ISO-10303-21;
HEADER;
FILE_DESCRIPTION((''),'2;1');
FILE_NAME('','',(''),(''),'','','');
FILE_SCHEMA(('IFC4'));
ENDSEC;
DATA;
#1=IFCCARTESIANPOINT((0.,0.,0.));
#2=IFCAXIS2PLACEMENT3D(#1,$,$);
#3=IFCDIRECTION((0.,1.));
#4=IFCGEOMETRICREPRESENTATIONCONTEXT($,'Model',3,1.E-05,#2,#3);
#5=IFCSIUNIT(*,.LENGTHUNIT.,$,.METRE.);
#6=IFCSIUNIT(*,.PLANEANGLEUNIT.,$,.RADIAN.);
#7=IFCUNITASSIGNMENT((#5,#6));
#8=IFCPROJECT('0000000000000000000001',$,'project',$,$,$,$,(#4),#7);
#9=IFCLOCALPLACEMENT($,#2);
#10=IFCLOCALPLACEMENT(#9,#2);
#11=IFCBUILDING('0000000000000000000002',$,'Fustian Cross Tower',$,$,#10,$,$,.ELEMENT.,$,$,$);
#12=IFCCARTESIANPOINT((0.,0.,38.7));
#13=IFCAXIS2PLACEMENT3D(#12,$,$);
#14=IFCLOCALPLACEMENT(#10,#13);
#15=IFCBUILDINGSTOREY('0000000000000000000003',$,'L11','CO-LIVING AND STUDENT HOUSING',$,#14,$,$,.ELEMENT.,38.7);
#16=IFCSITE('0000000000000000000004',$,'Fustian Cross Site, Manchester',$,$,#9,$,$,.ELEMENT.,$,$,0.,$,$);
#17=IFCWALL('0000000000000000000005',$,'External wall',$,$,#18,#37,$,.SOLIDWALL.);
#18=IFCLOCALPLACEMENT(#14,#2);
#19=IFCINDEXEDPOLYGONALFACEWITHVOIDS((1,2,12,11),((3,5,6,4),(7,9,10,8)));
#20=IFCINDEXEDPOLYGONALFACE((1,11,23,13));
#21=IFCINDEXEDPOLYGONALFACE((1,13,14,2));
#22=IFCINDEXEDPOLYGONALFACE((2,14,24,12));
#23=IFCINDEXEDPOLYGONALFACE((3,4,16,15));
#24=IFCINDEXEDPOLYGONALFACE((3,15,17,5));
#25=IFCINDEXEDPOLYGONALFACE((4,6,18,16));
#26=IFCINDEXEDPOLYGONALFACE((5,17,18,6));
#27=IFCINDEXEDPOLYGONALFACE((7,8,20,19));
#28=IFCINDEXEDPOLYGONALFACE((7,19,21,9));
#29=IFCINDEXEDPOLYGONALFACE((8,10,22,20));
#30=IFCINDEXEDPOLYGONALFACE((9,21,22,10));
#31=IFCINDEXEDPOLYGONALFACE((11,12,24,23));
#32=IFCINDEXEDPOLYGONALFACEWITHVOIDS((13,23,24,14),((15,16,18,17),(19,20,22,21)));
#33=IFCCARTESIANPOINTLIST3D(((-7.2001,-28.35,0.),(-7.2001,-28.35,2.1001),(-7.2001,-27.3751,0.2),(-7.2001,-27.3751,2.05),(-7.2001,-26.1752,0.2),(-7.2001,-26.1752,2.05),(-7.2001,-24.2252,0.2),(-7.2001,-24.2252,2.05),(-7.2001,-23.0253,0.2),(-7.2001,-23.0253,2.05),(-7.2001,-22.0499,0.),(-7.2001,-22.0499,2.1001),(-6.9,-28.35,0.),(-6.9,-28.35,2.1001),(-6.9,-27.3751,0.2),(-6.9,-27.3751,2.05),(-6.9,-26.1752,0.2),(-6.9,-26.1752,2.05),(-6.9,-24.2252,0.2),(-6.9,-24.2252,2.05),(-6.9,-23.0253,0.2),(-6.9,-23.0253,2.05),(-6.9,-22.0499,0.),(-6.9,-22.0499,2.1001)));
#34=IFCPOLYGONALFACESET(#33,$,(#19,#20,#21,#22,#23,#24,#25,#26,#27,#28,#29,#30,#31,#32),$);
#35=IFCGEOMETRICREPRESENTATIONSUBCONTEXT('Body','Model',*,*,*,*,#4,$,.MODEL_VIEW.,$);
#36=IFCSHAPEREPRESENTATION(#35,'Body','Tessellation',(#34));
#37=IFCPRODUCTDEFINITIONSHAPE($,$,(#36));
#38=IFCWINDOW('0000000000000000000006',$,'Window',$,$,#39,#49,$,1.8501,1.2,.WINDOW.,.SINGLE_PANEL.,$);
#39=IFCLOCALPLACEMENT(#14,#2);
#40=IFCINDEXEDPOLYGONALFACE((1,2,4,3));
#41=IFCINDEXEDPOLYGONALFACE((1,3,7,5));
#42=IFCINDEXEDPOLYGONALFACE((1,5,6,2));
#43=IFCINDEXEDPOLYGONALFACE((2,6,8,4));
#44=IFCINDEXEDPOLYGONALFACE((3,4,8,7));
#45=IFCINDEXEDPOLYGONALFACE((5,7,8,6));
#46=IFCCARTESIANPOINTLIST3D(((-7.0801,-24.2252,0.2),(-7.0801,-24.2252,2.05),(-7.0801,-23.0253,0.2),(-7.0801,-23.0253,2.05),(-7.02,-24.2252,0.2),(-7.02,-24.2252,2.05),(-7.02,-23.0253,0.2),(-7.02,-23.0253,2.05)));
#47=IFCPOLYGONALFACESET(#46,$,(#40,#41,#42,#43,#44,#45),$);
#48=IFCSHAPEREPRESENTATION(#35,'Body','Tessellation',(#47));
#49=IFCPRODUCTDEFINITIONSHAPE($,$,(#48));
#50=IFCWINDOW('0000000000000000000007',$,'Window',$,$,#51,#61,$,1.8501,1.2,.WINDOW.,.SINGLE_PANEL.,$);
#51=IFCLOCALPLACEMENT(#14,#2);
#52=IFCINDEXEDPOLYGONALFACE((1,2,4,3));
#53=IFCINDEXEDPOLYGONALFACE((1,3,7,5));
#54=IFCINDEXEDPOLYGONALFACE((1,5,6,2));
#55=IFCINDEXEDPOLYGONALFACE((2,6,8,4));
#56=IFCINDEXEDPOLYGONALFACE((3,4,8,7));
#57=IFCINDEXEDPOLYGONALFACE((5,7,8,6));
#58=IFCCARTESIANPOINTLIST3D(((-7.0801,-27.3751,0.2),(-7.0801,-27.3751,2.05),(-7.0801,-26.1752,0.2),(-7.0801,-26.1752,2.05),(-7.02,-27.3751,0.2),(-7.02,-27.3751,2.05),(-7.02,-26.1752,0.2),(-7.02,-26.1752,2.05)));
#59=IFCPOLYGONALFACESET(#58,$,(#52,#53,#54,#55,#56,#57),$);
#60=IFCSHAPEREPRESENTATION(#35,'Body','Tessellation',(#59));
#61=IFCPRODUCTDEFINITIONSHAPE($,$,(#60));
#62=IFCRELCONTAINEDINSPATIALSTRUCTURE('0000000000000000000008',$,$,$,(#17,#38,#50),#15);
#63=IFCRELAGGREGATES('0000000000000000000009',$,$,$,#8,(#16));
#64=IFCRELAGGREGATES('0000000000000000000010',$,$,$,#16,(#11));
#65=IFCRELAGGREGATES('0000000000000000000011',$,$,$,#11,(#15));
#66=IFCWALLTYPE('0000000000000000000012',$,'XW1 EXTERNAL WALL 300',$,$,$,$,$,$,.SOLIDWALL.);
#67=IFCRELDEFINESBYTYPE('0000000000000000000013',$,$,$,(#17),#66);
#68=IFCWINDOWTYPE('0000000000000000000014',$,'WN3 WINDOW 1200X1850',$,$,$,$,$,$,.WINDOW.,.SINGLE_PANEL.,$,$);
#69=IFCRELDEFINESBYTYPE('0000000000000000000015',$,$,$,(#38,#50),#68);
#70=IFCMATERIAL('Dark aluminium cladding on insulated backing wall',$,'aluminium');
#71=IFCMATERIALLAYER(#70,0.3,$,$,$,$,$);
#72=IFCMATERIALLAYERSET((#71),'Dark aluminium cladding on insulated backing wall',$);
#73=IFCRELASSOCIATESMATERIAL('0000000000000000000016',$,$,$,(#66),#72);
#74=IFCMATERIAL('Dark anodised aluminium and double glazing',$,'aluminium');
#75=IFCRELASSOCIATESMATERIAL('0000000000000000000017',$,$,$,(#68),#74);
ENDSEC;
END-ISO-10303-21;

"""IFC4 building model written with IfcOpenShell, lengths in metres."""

from ifc_helpers import new_model, si_unit, direction, frame, frame_2d, origin, place, context, subcontext, project, spatial, rectangle, extrude, material, layer, layer_set, type_object, element, fill, save


model = new_model("IFC4")

# Units and contexts
model_context = context("Model", 3, precision=1e-05, world=origin(), true_north=direction((0.0, 1.0)))
body_context = subcontext(model_context, "Body", "Model", "MODEL_VIEW")
ifc_project = project(units=[si_unit("LENGTHUNIT", "METRE"), si_unit("PLANEANGLEUNIT", "RADIAN")], contexts=[model_context])

# Site, building, storey
site_placement = place(None, origin())
site = spatial("IfcSite", under=ifc_project, at=site_placement, Name="Fustian Cross Site, Manchester", CompositionType="ELEMENT", RefElevation=0.0)
building_placement = place(site_placement, origin())
building = spatial("IfcBuilding", under=site, at=building_placement, Name="Fustian Cross Tower", CompositionType="ELEMENT")
storey_placement = place(building_placement, frame((0.0, 0.0, 38.7)))
storey = spatial("IfcBuildingStorey", under=building, at=storey_placement, Name="L11", Description="CO-LIVING AND STUDENT HOUSING", CompositionType="ELEMENT", Elevation=38.7)

# Shared definitions
ifc_material_1 = material(Name="Dark aluminium cladding on insulated backing wall", Category="aluminium")
ifc_layer_1 = layer(ifc_material_1, 0.3)
ifc_layer_set_1 = layer_set([ifc_layer_1], Name="Dark aluminium cladding on insulated backing wall")
wall_type_1 = type_object("IfcWallType", Name="XW1 EXTERNAL WALL 300", PredefinedType="SOLIDWALL", material=ifc_layer_set_1)

# Shared definitions
ifc_material_2 = material(Name="Dark anodised aluminium and double glazing", Category="aluminium")
window_type = type_object("IfcWindowType", Name="WN3 WINDOW 1200X1850", PartitioningType="SINGLE_PANEL", PredefinedType="WINDOW", material=ifc_material_2)

# Wall, openings, windows
wall_1_placement = place(storey_placement, frame((-7.05, -22.05, 0.0), z_axis=(0.0, 0.0, 1.0), x_axis=(0.0, -1.0, 0.0)))
wall_1 = element("IfcWall", 1, at=wall_1_placement, inside=storey, type_object=wall_type_1, Name="External wall", PredefinedType="SOLIDWALL", context=body_context, shape_type="SweptSolid", body=[
    extrude(rectangle(XDim=6.3, YDim=0.3, at=frame_2d((3.1499, 0.0))), origin(), (0.0, 0.0, 1.0), 2.1001),
])
opening_1_placement = place(wall_1_placement, frame((0.9751, 0.0, 0.2)))
opening_1 = element("IfcOpeningElement", 2, at=opening_1_placement, cuts=wall_1, PredefinedType="OPENING", context=body_context, shape_type="SweptSolid", body=[
    extrude(rectangle(XDim=1.2, YDim=1.8501, at=frame_2d((0.6001, 0.925))), frame((0.0, 0.1599, 0.0), z_axis=(0.0, -1.0, 0.0), x_axis=(1.0, 0.0, 0.0)), (0.0, 0.0, 1.0), 0.3201),
])
opening_2_placement = place(wall_1_placement, frame((4.125, 0.0, 0.2)))
opening_2 = element("IfcOpeningElement", 3, at=opening_2_placement, cuts=wall_1, PredefinedType="OPENING", context=body_context, shape_type="SweptSolid", body=[
    extrude(rectangle(XDim=1.2, YDim=1.8501, at=frame_2d((0.6001, 0.925))), frame((0.0, 0.1599, 0.0), z_axis=(0.0, -1.0, 0.0), x_axis=(1.0, 0.0, 0.0)), (0.0, 0.0, 1.0), 0.3201),
])
window_1_placement = place(opening_1_placement, origin())
window_1 = element("IfcWindow", 4, at=window_1_placement, inside=storey, type_object=window_type, Name="Window", OverallHeight=1.8501, OverallWidth=1.2, PartitioningType="SINGLE_PANEL", PredefinedType="WINDOW", context=body_context, shape_type="SweptSolid", body=[
    extrude(rectangle(XDim=1.2, YDim=1.8501, at=frame_2d((0.6001, 0.925))), frame((0.0, 0.03, 0.0), z_axis=(0.0, -1.0, 0.0), x_axis=(1.0, 0.0, 0.0)), (0.0, 0.0, 1.0), 0.0601),
])
fill(opening_1, window_1)
window_2_placement = place(opening_2_placement, origin())
window_2 = element("IfcWindow", 5, at=window_2_placement, inside=storey, type_object=window_type, Name="Window", OverallHeight=1.8501, OverallWidth=1.2, PartitioningType="SINGLE_PANEL", PredefinedType="WINDOW", context=body_context, shape_type="SweptSolid", body=[
    extrude(rectangle(XDim=1.2, YDim=1.8501, at=frame_2d((0.6001, 0.925))), frame((0.0, 0.03, 0.0), z_axis=(0.0, -1.0, 0.0), x_axis=(1.0, 0.0, 0.0)), (0.0, 0.0, 1.0), 0.0601),
])
fill(opening_2, window_2)

save(model, "model.ifc")
